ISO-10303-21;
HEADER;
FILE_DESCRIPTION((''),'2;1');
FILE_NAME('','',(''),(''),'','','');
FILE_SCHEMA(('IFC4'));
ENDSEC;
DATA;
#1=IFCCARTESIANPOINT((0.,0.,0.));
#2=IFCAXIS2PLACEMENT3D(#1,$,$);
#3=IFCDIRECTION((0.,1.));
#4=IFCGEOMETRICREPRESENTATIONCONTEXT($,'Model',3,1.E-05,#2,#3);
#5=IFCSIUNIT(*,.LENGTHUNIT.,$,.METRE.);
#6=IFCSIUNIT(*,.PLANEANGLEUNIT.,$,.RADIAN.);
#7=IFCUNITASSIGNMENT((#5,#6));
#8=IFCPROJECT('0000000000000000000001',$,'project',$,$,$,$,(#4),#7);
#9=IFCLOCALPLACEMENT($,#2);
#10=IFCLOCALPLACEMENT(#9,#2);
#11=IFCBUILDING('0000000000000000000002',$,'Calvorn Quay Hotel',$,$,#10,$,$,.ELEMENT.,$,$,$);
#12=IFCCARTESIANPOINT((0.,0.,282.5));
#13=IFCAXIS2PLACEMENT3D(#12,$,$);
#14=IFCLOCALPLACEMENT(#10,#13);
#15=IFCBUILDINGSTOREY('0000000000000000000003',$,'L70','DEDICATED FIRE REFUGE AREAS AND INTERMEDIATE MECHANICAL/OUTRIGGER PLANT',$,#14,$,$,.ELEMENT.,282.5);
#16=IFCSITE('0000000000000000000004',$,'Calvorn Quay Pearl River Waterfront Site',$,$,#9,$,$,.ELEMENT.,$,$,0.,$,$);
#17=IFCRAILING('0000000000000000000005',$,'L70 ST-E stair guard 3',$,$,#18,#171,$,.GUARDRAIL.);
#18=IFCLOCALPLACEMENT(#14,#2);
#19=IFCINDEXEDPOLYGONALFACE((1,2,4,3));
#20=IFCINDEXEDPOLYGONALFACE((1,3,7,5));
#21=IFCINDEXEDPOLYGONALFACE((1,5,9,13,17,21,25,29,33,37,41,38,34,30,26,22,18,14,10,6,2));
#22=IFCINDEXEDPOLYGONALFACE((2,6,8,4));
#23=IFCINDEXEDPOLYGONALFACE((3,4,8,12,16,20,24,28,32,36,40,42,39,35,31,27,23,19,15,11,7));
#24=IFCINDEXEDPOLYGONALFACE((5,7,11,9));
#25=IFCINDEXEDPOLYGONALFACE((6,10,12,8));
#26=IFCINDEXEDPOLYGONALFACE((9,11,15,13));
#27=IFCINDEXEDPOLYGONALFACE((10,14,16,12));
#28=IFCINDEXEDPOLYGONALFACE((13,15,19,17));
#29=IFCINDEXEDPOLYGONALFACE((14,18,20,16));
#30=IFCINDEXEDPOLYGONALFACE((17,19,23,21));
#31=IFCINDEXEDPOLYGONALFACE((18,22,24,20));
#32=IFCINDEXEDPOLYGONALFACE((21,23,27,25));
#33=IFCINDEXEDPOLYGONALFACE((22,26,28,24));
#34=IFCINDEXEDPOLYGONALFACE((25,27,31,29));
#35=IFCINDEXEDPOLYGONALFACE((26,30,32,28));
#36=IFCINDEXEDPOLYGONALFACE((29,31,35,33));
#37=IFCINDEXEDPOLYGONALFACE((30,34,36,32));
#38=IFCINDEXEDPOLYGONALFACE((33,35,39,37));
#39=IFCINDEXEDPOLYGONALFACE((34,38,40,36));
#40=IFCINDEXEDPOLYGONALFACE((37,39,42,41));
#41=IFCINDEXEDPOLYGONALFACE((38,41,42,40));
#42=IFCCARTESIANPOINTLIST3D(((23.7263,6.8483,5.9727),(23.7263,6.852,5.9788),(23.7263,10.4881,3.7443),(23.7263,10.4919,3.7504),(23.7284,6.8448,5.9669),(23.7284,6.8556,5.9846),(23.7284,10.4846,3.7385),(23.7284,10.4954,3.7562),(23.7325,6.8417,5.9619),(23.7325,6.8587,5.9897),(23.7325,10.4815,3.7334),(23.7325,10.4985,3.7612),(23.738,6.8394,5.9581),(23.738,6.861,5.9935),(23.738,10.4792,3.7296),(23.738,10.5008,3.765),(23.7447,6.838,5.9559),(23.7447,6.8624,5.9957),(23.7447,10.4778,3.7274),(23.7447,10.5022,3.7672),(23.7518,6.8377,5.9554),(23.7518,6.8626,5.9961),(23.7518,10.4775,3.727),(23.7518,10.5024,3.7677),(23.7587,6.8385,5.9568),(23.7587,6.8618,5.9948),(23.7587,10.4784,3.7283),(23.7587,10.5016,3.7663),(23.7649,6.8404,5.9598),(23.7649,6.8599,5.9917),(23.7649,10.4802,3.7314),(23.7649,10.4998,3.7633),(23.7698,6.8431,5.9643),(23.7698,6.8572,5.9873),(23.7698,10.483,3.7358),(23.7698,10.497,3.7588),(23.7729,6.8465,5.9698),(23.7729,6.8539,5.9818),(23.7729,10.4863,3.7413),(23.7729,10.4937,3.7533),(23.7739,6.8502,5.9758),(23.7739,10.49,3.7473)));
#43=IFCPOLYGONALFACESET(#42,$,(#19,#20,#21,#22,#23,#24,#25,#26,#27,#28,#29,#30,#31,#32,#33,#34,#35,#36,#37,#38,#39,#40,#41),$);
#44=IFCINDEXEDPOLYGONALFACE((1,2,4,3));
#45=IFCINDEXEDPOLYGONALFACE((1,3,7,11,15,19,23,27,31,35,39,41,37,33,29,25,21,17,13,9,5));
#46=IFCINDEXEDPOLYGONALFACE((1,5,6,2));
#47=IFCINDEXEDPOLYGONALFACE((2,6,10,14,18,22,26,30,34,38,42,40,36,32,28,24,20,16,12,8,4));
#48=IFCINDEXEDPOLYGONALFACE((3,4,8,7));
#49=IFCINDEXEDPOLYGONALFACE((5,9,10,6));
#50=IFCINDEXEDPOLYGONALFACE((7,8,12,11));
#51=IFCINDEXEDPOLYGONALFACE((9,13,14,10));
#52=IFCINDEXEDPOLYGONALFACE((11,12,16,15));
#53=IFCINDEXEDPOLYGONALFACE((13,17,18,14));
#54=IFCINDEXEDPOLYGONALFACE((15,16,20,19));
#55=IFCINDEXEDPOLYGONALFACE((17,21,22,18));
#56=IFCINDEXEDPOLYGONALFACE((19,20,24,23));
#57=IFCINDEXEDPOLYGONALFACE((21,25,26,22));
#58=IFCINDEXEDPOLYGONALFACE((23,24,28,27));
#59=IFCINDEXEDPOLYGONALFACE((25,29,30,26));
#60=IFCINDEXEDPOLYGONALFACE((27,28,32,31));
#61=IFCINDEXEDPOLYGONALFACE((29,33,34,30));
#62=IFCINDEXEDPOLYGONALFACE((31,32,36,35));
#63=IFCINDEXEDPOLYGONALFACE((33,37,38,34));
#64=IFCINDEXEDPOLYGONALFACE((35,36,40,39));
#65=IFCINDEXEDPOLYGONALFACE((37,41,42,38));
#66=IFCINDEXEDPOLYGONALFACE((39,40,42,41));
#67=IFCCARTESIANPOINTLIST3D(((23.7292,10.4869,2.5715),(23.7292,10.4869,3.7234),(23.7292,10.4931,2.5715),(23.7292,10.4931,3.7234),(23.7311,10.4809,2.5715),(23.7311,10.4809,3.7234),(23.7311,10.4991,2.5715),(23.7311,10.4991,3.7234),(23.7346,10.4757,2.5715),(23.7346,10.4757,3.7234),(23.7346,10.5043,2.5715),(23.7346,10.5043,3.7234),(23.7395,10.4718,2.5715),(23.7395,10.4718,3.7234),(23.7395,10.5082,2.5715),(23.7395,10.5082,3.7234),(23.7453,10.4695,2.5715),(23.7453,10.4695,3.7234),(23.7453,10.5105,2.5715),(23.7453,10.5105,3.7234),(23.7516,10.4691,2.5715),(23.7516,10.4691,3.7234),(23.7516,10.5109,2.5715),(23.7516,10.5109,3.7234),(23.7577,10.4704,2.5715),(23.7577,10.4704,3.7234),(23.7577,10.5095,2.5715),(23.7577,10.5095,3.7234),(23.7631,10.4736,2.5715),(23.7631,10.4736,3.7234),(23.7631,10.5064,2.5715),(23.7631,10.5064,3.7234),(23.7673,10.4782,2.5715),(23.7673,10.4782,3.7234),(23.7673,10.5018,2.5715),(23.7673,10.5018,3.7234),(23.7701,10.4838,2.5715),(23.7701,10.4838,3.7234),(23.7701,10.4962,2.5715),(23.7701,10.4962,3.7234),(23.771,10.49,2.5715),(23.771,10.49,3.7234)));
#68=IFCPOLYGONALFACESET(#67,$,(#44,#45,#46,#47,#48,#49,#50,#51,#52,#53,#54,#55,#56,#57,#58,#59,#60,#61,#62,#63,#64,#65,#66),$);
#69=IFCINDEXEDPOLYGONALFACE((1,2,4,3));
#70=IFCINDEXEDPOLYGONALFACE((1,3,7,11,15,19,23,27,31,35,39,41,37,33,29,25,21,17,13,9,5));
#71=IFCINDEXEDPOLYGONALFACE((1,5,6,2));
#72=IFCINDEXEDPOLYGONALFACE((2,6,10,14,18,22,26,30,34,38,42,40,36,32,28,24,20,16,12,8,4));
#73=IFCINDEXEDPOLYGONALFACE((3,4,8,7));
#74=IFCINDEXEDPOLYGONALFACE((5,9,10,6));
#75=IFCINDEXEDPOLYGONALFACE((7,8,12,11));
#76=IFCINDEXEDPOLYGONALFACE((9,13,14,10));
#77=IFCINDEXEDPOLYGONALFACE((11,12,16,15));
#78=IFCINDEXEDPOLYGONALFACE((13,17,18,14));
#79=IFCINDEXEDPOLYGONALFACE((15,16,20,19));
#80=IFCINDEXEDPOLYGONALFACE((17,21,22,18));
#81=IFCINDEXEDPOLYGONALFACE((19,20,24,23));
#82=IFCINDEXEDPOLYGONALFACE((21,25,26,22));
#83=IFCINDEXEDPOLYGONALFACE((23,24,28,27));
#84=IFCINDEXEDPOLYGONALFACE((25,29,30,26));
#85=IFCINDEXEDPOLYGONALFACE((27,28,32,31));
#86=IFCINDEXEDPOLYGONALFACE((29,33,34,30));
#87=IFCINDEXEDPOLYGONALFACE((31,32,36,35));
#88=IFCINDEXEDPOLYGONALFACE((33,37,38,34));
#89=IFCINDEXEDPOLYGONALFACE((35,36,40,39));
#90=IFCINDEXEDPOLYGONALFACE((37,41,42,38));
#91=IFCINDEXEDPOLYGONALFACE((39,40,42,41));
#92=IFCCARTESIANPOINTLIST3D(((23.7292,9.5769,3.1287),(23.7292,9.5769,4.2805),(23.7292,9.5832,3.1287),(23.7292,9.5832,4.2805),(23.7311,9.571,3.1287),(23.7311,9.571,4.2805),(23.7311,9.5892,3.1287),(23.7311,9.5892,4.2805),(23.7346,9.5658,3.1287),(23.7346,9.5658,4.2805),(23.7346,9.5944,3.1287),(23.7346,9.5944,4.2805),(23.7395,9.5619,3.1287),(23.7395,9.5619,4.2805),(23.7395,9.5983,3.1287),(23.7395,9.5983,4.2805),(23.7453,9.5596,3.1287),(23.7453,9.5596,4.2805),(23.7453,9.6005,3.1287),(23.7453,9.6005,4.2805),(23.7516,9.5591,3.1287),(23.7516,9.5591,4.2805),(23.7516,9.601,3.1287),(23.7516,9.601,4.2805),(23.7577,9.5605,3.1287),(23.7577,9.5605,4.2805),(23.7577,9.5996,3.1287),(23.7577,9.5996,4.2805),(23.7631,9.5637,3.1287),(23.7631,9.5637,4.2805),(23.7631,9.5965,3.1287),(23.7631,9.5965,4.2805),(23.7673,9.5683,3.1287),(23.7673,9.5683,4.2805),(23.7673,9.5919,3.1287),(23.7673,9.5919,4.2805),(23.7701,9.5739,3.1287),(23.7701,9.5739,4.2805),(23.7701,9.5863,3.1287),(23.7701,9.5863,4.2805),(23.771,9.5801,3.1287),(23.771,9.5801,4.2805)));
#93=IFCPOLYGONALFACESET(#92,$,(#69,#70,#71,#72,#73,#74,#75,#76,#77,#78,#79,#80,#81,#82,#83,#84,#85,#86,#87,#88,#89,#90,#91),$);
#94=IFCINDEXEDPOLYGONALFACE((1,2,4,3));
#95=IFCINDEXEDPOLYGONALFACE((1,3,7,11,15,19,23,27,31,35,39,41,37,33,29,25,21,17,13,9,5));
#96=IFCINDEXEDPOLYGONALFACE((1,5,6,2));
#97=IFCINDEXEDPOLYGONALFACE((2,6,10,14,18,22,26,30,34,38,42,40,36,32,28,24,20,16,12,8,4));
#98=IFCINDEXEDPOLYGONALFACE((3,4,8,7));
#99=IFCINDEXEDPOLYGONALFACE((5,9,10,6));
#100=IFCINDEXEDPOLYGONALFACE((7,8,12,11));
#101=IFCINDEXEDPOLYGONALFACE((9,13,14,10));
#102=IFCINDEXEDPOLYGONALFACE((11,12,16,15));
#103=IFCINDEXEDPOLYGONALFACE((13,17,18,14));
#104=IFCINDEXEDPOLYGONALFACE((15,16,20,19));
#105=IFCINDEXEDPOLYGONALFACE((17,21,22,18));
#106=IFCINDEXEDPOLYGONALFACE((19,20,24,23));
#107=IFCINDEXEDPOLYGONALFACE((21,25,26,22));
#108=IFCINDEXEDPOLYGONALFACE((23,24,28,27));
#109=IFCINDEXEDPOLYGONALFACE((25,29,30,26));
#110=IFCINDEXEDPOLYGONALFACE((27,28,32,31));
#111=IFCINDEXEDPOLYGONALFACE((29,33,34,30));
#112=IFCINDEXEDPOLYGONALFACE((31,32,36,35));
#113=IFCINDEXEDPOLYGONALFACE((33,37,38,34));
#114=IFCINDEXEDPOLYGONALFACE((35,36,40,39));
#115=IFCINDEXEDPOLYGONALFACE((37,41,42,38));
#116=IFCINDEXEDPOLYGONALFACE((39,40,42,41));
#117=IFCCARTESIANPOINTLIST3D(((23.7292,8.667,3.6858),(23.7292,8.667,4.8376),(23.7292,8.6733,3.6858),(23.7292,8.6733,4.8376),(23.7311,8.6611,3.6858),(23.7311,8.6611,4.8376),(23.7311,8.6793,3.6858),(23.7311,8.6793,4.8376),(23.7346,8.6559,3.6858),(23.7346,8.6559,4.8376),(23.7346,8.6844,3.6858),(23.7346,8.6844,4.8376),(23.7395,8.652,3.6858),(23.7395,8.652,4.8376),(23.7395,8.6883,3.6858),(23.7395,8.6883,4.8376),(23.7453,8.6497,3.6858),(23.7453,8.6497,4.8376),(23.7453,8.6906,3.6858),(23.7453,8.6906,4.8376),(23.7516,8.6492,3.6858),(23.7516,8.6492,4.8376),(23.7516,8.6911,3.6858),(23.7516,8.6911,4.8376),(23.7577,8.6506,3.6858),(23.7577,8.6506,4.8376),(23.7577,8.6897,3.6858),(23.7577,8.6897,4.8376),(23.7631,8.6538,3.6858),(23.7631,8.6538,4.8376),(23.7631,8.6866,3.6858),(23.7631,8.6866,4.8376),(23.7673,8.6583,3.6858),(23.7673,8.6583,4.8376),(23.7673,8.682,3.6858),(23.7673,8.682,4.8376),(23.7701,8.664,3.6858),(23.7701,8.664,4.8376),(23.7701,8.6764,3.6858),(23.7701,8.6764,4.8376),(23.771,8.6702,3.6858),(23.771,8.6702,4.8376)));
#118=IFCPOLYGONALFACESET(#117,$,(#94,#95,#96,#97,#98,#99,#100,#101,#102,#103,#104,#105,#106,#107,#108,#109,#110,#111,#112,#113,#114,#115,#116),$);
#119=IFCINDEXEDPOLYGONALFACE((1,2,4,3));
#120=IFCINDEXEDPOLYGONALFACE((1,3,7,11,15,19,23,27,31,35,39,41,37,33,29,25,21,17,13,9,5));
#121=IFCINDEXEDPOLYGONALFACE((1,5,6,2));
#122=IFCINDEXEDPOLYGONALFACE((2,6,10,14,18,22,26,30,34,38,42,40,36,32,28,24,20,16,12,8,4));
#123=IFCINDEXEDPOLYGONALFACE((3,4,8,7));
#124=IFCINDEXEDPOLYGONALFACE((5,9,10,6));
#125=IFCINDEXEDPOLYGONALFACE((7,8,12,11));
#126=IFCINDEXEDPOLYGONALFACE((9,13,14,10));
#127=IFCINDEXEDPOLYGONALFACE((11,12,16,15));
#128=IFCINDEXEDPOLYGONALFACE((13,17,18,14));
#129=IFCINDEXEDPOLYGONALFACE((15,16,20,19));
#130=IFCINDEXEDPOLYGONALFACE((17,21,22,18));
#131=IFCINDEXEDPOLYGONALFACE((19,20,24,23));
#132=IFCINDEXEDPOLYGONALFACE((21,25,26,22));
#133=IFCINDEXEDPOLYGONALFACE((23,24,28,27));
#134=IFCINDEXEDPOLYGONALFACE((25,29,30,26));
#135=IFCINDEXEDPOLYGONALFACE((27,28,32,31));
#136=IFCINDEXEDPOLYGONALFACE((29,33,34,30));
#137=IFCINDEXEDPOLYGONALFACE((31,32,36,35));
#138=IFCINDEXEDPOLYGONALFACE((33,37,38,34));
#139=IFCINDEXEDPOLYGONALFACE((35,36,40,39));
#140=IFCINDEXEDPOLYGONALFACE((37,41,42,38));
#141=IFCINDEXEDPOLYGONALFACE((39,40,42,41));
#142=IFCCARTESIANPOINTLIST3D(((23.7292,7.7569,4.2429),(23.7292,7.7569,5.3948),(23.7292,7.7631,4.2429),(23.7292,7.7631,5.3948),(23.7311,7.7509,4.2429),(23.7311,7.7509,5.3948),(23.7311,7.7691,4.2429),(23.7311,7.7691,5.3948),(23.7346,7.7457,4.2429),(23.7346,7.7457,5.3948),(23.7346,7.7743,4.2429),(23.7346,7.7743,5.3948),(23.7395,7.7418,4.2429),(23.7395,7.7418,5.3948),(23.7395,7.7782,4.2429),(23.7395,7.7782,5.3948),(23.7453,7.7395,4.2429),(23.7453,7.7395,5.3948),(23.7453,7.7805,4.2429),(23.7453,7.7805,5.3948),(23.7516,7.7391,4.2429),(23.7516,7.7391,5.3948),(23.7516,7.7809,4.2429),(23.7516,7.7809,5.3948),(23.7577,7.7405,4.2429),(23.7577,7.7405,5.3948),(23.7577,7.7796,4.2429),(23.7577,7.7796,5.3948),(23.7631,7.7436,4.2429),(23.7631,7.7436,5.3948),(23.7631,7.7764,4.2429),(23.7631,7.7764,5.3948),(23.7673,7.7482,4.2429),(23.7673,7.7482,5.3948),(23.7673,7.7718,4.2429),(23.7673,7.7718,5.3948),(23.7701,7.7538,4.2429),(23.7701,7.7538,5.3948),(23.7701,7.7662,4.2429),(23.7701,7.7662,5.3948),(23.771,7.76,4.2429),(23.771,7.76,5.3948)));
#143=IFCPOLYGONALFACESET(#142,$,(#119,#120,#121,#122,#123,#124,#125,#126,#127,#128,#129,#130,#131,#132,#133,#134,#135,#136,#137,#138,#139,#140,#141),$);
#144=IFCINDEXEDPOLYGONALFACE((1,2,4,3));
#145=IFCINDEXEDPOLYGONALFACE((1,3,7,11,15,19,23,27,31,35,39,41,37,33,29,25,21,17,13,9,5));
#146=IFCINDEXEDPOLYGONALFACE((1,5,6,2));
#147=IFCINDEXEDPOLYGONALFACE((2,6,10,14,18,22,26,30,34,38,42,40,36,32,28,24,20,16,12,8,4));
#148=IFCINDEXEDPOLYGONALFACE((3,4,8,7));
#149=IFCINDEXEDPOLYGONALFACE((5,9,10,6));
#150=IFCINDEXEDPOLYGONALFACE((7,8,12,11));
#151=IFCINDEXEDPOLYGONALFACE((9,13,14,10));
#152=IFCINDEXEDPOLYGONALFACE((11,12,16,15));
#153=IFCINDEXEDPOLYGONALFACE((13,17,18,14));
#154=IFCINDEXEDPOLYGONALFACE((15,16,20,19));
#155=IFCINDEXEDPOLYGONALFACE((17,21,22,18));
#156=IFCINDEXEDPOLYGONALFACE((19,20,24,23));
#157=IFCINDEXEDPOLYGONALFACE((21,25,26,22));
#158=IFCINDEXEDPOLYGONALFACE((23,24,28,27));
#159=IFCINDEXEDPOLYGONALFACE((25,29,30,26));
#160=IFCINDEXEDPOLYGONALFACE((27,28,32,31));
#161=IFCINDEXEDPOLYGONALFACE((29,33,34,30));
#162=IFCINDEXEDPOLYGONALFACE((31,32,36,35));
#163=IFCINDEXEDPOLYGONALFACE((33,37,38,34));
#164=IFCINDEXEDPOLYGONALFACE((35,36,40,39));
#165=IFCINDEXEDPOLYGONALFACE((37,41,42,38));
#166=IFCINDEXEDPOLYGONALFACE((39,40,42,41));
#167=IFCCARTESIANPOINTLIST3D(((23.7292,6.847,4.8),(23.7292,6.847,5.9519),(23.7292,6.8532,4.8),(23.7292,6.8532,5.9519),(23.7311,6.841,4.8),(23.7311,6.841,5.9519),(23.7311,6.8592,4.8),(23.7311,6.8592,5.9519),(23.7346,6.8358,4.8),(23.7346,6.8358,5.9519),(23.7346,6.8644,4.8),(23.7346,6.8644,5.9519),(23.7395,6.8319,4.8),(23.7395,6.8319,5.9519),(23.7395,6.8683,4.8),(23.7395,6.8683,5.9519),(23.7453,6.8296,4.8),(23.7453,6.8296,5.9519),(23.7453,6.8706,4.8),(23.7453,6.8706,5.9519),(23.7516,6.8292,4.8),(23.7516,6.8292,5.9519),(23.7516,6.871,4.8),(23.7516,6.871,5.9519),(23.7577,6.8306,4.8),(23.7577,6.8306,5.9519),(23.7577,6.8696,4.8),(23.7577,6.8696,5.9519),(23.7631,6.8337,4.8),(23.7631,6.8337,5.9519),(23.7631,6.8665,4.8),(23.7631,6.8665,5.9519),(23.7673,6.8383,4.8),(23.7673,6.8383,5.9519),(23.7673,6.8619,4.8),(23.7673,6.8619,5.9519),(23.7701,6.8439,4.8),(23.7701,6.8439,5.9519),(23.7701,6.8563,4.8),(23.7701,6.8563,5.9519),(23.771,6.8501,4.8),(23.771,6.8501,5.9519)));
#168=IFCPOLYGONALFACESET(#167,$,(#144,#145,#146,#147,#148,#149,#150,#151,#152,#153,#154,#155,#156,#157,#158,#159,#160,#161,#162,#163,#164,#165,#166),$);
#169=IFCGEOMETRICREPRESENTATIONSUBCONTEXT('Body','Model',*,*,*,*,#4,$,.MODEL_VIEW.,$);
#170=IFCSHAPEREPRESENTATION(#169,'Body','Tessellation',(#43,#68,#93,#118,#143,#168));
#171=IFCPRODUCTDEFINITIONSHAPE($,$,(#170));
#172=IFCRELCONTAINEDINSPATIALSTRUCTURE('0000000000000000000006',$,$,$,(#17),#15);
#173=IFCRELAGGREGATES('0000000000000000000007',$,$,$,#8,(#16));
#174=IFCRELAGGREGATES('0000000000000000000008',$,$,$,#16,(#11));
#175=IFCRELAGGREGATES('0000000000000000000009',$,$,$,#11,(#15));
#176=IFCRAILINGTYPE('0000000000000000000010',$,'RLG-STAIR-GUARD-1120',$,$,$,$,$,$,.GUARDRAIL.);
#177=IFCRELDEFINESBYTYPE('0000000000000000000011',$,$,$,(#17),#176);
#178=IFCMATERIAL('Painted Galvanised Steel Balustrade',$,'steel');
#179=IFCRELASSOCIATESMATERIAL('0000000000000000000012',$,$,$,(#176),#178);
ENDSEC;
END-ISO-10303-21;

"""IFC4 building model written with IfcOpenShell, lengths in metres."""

from ifc_helpers import new_model, si_unit, direction, frame, origin, origin_2d, place, context, subcontext, project, spatial, circle, extrude, material, type_object, element, save


model = new_model("IFC4")

# Units and contexts
model_context = context("Model", 3, precision=1e-05, world=origin(), true_north=direction((0.0, 1.0)))
body_context = subcontext(model_context, "Body", "Model", "MODEL_VIEW")
ifc_project = project(units=[si_unit("LENGTHUNIT", "METRE"), si_unit("PLANEANGLEUNIT", "RADIAN")], contexts=[model_context])

# Site, building, storey
site_placement = place(None, origin())
site = spatial("IfcSite", under=ifc_project, at=site_placement, Name="Calvorn Quay Pearl River Waterfront Site", CompositionType="ELEMENT", RefElevation=0.0)
building_placement = place(site_placement, origin())
building = spatial("IfcBuilding", under=site, at=building_placement, Name="Calvorn Quay Hotel", CompositionType="ELEMENT")
storey_placement = place(building_placement, frame((0.0, 0.0, 282.5)))
storey = spatial("IfcBuildingStorey", under=building, at=storey_placement, Name="L70", Description="DEDICATED FIRE REFUGE AREAS AND INTERMEDIATE MECHANICAL/OUTRIGGER PLANT", CompositionType="ELEMENT", Elevation=282.5)

# Railing
ifc_material_1 = material(Name="Painted Galvanised Steel Balustrade", Category="steel")
railing_type_1 = type_object("IfcRailingType", Name="RLG-STAIR-GUARD-1120", PredefinedType="GUARDRAIL", material=ifc_material_1)
railing_1_placement = place(storey_placement, frame((23.75, 10.49, 2.5715)))
element("IfcRailing", 1, at=railing_1_placement, inside=storey, type_object=railing_type_1, Name="L70 ST-E stair guard 3", PredefinedType="GUARDRAIL", context=body_context, shape_type="SweptSolid", body=[
    extrude(circle(Radius=0.0239, at=origin_2d()), frame((0.0, 0.0, 1.1758), z_axis=(0.0, -0.85285, 0.522156), x_axis=(1.0, 0.0, 0.0)), (0.0, 0.0, 1.0), 4.2678),
    extrude(circle(Radius=0.021, at=origin_2d()), origin(), (0.0, 0.0, 1.0), 1.1519),
    extrude(circle(Radius=0.021, at=origin_2d()), frame((0.0, -0.9099, 0.5571)), (0.0, 0.0, 1.0), 1.1519),
    extrude(circle(Radius=0.021, at=origin_2d()), frame((0.0, -1.8198, 1.1143)), (0.0, 0.0, 1.0), 1.1519),
    extrude(circle(Radius=0.021, at=origin_2d()), frame((0.0, -2.73, 1.6714)), (0.0, 0.0, 1.0), 1.1519),
    extrude(circle(Radius=0.021, at=origin_2d()), frame((0.0, -3.6399, 2.2285)), (0.0, 0.0, 1.0), 1.1519),
])

save(model, "model.ifc")
